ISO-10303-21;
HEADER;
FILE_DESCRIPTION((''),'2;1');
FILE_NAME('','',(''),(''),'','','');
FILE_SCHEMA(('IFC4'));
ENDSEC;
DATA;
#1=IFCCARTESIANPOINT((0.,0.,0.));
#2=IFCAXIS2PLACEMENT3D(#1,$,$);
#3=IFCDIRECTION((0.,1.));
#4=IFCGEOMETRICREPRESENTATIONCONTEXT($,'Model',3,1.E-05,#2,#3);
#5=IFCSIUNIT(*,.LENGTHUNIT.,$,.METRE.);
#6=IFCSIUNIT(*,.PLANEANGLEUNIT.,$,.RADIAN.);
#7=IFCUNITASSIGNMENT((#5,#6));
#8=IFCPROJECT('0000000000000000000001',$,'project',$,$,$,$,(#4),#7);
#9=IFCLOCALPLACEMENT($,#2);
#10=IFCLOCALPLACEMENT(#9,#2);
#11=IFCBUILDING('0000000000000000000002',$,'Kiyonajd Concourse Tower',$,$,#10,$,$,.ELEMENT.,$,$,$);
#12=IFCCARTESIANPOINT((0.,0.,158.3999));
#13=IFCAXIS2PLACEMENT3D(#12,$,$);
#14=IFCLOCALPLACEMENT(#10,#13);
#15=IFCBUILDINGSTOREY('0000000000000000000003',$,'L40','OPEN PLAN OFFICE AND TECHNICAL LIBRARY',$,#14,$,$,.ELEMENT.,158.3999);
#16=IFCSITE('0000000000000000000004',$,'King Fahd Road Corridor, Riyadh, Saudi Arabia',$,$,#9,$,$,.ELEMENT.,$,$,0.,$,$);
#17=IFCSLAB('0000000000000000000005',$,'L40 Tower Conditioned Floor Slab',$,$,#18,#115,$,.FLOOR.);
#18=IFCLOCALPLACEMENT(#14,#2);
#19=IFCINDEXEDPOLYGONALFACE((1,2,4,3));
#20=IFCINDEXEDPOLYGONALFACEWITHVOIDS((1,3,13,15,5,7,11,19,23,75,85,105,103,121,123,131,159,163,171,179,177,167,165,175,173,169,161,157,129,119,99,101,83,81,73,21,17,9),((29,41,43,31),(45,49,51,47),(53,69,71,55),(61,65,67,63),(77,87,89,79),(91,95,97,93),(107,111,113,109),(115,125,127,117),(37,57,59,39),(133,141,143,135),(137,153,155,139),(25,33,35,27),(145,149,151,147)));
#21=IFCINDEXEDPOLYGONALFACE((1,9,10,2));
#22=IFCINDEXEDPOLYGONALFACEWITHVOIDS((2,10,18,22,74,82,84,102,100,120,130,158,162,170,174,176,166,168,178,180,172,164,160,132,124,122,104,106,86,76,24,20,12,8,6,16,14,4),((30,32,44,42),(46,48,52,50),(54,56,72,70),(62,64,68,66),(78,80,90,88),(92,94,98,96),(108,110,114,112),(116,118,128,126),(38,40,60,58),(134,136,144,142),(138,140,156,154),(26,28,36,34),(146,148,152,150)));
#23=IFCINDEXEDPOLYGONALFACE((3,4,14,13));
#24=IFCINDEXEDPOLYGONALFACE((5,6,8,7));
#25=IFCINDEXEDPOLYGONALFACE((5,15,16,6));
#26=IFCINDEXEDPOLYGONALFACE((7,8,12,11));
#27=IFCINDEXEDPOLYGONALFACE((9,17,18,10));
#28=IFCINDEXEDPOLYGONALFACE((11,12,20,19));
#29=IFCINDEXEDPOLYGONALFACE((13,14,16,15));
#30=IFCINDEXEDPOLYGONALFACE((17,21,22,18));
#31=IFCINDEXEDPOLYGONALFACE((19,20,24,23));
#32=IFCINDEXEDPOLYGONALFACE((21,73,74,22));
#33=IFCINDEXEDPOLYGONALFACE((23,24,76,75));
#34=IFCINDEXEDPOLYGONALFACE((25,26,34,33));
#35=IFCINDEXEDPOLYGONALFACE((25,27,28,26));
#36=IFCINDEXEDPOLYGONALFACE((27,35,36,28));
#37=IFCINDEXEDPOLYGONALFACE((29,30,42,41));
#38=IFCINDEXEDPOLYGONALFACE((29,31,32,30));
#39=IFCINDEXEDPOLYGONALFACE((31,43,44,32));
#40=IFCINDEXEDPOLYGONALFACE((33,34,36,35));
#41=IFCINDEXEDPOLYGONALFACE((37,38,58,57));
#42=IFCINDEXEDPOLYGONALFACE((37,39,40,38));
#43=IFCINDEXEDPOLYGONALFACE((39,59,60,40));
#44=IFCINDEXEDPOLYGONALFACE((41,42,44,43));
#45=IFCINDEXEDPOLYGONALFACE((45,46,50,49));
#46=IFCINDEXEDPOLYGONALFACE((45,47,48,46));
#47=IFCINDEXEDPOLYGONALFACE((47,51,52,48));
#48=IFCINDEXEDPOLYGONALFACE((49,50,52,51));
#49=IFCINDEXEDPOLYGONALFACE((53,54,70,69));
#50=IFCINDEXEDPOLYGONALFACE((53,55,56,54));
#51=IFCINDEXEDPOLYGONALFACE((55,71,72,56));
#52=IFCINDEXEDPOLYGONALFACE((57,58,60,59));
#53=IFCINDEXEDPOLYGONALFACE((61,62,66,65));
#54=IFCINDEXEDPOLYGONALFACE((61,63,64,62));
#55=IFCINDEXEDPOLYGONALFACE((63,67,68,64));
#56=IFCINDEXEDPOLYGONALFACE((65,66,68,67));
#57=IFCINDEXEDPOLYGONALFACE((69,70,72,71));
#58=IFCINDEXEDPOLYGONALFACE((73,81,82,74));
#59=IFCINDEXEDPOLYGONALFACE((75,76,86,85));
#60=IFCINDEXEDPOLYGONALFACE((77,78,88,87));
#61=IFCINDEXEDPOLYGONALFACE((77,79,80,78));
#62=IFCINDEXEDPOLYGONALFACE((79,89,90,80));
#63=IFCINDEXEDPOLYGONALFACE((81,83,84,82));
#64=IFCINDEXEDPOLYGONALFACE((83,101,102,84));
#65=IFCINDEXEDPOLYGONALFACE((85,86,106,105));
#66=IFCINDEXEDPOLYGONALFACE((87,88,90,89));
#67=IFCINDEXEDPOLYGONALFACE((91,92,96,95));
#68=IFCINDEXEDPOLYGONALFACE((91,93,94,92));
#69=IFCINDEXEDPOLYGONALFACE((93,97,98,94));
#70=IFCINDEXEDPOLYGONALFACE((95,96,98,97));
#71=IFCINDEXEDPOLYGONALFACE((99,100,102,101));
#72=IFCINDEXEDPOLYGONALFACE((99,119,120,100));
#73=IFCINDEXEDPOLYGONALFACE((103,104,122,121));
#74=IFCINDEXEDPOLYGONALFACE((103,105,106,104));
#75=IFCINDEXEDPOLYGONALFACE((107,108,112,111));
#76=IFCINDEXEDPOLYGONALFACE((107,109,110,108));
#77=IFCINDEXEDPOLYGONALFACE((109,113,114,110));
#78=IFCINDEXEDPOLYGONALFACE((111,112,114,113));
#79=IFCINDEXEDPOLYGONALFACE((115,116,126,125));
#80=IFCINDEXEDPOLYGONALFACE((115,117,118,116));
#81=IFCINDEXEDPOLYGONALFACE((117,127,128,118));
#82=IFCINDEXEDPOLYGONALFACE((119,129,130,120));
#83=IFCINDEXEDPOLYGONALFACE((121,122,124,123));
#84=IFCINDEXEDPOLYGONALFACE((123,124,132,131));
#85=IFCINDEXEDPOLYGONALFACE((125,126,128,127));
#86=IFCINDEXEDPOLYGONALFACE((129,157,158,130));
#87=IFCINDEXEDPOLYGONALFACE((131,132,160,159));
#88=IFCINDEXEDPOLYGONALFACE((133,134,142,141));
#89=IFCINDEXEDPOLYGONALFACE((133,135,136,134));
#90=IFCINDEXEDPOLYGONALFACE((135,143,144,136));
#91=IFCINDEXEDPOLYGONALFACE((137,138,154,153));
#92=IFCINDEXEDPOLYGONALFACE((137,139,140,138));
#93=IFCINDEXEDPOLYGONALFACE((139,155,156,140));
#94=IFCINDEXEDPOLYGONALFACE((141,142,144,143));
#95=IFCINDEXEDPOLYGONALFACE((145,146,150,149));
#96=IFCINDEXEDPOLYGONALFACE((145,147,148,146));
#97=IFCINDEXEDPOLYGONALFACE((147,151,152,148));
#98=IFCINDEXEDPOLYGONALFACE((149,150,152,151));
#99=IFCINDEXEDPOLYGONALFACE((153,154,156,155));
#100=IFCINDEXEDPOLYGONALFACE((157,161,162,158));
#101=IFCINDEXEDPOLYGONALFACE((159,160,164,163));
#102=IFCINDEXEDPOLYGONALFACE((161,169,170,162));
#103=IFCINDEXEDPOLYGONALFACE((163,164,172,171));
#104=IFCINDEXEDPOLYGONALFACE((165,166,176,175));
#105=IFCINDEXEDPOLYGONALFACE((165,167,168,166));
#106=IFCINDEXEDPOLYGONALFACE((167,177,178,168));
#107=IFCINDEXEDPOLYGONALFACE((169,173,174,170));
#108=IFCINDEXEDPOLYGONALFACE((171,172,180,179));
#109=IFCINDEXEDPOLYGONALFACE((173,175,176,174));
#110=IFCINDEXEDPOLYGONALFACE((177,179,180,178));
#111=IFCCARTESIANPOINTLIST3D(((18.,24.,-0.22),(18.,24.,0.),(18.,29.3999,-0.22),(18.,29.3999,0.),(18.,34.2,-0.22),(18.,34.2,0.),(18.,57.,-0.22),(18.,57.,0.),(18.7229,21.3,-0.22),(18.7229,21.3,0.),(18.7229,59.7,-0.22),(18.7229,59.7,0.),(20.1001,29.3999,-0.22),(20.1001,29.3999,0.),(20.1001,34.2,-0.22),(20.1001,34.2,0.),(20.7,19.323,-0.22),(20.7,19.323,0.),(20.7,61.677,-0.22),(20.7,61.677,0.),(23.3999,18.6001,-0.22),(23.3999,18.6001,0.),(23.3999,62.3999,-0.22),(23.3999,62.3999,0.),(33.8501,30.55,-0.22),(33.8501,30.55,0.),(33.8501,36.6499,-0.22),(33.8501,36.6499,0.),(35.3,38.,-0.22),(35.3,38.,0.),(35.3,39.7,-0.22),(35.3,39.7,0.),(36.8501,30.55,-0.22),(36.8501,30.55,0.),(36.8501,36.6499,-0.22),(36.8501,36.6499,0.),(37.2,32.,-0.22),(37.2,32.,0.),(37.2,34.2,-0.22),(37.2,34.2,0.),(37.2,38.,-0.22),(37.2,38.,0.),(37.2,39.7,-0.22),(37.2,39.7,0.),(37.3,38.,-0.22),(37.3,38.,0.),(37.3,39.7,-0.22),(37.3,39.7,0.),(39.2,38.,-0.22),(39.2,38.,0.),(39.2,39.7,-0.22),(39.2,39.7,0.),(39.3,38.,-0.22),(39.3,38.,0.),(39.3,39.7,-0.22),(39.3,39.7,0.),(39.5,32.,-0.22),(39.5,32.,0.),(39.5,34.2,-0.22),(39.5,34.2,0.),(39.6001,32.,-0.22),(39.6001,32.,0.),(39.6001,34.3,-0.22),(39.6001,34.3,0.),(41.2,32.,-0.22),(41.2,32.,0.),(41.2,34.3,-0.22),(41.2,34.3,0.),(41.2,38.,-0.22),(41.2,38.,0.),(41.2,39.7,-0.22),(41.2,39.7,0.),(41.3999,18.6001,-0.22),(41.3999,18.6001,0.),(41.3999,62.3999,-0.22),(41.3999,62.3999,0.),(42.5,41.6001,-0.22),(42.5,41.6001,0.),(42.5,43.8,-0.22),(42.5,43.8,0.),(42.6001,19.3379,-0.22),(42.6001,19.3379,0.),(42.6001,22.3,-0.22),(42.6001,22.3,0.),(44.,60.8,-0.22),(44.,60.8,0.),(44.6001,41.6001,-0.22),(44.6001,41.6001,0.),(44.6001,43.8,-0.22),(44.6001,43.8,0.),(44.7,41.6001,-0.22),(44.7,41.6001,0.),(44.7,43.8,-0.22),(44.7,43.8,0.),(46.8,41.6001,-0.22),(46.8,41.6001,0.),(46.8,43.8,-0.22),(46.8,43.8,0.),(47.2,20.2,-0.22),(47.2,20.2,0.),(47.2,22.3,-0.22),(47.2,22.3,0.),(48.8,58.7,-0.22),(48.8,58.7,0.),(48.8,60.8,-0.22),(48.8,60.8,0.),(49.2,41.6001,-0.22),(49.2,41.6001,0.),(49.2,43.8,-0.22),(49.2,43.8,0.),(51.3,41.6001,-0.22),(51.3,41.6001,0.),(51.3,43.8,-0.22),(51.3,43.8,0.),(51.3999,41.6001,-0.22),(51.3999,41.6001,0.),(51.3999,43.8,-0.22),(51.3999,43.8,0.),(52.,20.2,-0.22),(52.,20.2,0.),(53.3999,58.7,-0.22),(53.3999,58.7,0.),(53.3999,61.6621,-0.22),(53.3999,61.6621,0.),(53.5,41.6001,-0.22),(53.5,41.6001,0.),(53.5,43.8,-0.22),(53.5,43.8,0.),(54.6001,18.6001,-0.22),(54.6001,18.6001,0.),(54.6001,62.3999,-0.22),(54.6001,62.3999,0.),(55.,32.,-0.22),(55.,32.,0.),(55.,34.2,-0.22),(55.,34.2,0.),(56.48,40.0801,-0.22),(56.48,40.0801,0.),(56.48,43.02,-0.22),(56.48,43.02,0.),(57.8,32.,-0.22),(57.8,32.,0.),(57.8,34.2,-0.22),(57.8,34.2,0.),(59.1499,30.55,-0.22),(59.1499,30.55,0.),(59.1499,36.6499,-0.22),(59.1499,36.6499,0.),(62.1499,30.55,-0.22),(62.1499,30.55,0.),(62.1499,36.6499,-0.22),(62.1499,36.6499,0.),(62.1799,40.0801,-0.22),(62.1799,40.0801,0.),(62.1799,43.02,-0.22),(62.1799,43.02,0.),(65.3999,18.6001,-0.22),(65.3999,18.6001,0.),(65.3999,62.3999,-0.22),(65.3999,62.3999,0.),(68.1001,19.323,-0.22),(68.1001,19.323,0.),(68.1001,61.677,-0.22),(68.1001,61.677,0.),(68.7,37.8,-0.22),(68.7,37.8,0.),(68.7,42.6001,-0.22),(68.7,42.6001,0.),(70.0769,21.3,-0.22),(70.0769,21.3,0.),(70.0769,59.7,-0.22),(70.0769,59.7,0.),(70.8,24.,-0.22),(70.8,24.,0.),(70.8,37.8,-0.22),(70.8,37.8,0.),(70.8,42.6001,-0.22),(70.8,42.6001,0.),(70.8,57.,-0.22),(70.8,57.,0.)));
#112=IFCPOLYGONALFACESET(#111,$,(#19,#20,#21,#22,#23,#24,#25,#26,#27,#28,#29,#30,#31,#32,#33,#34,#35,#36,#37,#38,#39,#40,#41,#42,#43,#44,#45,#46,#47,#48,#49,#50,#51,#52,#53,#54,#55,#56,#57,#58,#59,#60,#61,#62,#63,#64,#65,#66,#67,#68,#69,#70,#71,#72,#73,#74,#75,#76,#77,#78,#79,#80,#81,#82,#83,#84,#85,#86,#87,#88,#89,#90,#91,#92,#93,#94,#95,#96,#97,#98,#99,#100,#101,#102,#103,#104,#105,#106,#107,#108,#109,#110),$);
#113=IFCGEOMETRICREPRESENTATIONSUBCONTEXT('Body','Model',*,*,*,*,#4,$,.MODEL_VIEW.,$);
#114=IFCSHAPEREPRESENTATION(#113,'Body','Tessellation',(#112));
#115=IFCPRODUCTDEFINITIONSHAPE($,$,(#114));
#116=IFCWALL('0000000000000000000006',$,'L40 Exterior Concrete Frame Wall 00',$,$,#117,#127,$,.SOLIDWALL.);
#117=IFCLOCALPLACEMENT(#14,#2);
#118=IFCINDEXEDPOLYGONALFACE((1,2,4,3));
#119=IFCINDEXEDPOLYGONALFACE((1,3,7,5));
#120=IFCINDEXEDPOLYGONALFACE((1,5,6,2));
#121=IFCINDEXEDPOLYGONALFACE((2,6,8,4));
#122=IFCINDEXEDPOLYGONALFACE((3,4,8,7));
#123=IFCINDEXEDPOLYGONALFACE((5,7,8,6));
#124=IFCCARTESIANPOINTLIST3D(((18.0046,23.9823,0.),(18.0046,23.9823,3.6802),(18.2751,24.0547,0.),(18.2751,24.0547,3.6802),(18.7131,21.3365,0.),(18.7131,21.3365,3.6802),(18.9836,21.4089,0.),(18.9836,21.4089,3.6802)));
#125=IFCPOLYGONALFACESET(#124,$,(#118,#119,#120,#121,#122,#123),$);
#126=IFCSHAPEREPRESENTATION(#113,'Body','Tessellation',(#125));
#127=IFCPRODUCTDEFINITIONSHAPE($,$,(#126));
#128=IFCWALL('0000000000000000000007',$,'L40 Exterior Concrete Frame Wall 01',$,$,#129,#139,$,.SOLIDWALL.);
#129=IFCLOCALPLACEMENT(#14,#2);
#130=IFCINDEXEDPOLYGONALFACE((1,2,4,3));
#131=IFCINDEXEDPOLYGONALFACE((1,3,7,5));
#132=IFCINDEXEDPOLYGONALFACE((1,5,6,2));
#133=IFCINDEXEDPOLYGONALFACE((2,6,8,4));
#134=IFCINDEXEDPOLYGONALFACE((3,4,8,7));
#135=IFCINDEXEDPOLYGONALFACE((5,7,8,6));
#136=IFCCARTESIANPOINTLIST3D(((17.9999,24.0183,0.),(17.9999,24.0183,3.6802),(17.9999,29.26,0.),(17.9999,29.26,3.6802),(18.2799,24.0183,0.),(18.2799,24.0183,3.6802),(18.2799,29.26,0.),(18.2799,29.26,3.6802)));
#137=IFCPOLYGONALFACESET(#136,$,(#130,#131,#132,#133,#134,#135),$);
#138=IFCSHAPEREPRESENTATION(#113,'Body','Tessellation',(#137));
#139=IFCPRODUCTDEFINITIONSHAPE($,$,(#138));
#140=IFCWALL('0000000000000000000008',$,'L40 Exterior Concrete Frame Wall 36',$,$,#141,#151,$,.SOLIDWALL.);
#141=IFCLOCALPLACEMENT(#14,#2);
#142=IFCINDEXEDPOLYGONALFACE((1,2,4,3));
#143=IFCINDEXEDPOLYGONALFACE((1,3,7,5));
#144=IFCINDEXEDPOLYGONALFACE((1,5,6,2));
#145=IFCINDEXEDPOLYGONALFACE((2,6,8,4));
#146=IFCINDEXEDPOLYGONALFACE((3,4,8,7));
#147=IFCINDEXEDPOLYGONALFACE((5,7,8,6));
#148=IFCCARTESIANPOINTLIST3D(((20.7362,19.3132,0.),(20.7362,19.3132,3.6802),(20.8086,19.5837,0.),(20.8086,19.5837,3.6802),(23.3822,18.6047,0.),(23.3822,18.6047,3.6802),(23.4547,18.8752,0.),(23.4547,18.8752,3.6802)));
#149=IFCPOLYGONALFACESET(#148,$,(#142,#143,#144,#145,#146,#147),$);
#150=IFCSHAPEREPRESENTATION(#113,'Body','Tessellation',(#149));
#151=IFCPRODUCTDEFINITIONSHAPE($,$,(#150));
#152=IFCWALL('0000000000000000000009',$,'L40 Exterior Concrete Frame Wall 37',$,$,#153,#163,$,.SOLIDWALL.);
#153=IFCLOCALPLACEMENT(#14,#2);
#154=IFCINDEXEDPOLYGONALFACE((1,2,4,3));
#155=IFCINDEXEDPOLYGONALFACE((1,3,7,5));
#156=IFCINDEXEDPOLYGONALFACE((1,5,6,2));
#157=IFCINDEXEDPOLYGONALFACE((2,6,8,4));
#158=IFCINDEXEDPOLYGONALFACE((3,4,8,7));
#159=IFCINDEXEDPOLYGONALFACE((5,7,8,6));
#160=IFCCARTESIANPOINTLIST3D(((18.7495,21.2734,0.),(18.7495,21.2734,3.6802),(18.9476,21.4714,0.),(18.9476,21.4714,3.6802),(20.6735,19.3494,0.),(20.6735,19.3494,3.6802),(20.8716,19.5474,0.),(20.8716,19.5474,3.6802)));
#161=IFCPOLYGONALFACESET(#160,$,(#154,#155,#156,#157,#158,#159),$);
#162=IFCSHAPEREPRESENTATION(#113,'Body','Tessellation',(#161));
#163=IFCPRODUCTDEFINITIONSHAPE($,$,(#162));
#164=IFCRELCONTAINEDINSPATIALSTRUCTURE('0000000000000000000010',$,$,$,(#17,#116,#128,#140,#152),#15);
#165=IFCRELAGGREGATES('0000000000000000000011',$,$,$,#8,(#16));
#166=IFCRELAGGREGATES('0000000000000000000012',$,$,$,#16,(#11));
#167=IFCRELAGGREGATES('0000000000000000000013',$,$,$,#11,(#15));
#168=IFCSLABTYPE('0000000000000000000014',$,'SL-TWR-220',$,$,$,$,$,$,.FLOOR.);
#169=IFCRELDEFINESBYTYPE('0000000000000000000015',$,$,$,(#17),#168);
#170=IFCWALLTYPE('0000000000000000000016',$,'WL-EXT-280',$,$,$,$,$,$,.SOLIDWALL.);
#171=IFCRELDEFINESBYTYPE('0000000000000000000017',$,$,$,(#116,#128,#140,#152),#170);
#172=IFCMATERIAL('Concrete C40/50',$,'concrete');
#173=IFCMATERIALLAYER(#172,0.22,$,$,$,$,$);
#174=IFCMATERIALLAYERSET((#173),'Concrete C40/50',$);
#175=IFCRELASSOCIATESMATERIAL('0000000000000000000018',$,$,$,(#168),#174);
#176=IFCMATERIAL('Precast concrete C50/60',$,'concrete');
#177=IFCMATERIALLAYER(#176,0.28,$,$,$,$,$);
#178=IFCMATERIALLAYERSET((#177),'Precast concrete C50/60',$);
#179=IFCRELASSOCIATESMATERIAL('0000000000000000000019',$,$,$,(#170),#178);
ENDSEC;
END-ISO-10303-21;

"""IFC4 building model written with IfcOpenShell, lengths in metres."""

from ifc_helpers import new_model, si_unit, direction, frame, frame_2d, origin, place, context, subcontext, project, spatial, polyline, rectangle, outline, extrude, material, layer, layer_set, type_object, element, save


model = new_model("IFC4")

# Units and contexts
model_context = context("Model", 3, precision=1e-05, world=origin(), true_north=direction((0.0, 1.0)))
body_context = subcontext(model_context, "Body", "Model", "MODEL_VIEW")
ifc_project = project(units=[si_unit("LENGTHUNIT", "METRE"), si_unit("PLANEANGLEUNIT", "RADIAN")], contexts=[model_context])

# Site, building, storey
site_placement = place(None, origin())
site = spatial("IfcSite", under=ifc_project, at=site_placement, Name="King Fahd Road Corridor, Riyadh, Saudi Arabia", CompositionType="ELEMENT", RefElevation=0.0)
building_placement = place(site_placement, origin())
building = spatial("IfcBuilding", under=site, at=building_placement, Name="Kiyonajd Concourse Tower", CompositionType="ELEMENT")
storey_placement = place(building_placement, frame((0.0, 0.0, 158.3999)))
storey = spatial("IfcBuildingStorey", under=building, at=storey_placement, Name="L40", Description="OPEN PLAN OFFICE AND TECHNICAL LIBRARY", CompositionType="ELEMENT", Elevation=158.3999)

# Shared definitions
ifc_material_1 = material(Name="Concrete C40/50", Category="concrete")

# Slab
ifc_material_2 = material(Name="Precast concrete C50/60", Category="concrete")
ifc_layer_1 = layer(ifc_material_1, 0.22)
ifc_layer_set_1 = layer_set([ifc_layer_1], Name="Concrete C40/50")
slab_type_1 = type_object("IfcSlabType", Name="SL-TWR-220", PredefinedType="FLOOR", material=ifc_layer_set_1)
slab_1_placement = place(storey_placement, frame((0.0, 0.0, -0.22)))
element("IfcSlab", 1, at=slab_1_placement, inside=storey, type_object=slab_type_1, Name="L40 Tower Conditioned Floor Slab", PredefinedType="FLOOR", context=body_context, shape_type="SweptSolid", body=[
    extrude(outline(polyline([(18.7229, 21.3), (18.0, 24.0), (18.0, 29.3999), (20.1001, 29.3999), (20.1001, 34.2), (18.0, 34.2), (18.0, 57.0), (18.7229, 59.7), (20.7, 61.677), (23.3999, 62.3999), (41.3999, 62.3999), (44.0, 60.8), (48.8, 60.8), (48.8, 58.7), (53.3999, 58.7), (53.3999, 61.6621), (54.6001, 62.3999), (65.3999, 62.3999), (68.1001, 61.677), (70.0769, 59.7), (70.8, 57.0), (70.8, 42.6001), (68.7, 42.6001), (68.7, 37.8), (70.8, 37.8), (70.8, 24.0), (70.0769, 21.3), (68.1001, 19.323), (65.3999, 18.6001), (54.6001, 18.6001), (52.0, 20.2), (47.2, 20.2), (47.2, 22.3), (42.6001, 22.3), (42.6001, 19.3379), (41.3999, 18.6001), (23.3999, 18.6001), (20.7, 19.323), (18.7229, 21.3)]), holes=[polyline([(39.5, 32.0), (37.2, 32.0), (37.2, 34.2), (39.5, 34.2), (39.5, 32.0)]), polyline([(39.6001, 32.0), (39.6001, 34.3), (41.2, 34.3), (41.2, 32.0), (39.6001, 32.0)]), polyline([(33.8501, 30.55), (33.8501, 36.6499), (36.8501, 36.6499), (36.8501, 30.55), (33.8501, 30.55)]), polyline([(37.2, 38.0), (35.3, 38.0), (35.3, 39.7), (37.2, 39.7), (37.2, 38.0)]), polyline([(37.3, 38.0), (37.3, 39.7), (39.2, 39.7), (39.2, 38.0), (37.3, 38.0)]), polyline([(39.3, 38.0), (39.3, 39.7), (41.2, 39.7), (41.2, 38.0), (39.3, 38.0)]), polyline([(44.6001, 41.6001), (42.5, 41.6001), (42.5, 43.8), (44.6001, 43.8), (44.6001, 41.6001)]), polyline([(55.0, 32.0), (55.0, 34.2), (57.8, 34.2), (57.8, 32.0), (55.0, 32.0)]), polyline([(59.1499, 30.55), (59.1499, 36.6499), (62.1499, 36.6499), (62.1499, 30.55), (59.1499, 30.55)]), polyline([(56.48, 43.02), (62.1799, 43.02), (62.1799, 40.0801), (56.48, 40.0801), (56.48, 43.02)]), polyline([(44.7, 41.6001), (44.7, 43.8), (46.8, 43.8), (46.8, 41.6001), (44.7, 41.6001)]), polyline([(49.2, 41.6001), (49.2, 43.8), (51.3, 43.8), (51.3, 41.6001), (49.2, 41.6001)]), polyline([(51.3999, 41.6001), (51.3999, 43.8), (53.5, 43.8), (53.5, 41.6001), (51.3999, 41.6001)])]), origin(), (0.0, 0.0, 1.0), 0.22),
])

# Walls
ifc_layer_2 = layer(ifc_material_2, 0.28)
ifc_layer_set_2 = layer_set([ifc_layer_2], Name="Precast concrete C50/60")
wall_type_1 = type_object("IfcWallType", Name="WL-EXT-280", PredefinedType="SOLIDWALL", material=ifc_layer_set_2)
wall_1_placement = place(storey_placement, frame((18.8484, 21.3726, 0.0), z_axis=(0.0, 0.0, 1.0), x_axis=(-0.258672, 0.965965, 0.0)))
element("IfcWall", 2, at=wall_1_placement, inside=storey, type_object=wall_type_1, Name="L40 Exterior Concrete Frame Wall 00", PredefinedType="SOLIDWALL", context=body_context, shape_type="SweptSolid", body=[
    extrude(rectangle(XDim=2.739, YDim=0.28, at=frame_2d((1.3696, 0.0))), origin(), (0.0, 0.0, 1.0), 3.6802),
])
wall_2_placement = place(storey_placement, frame((18.1399, 24.0183, 0.0), z_axis=(0.0, 0.0, 1.0), x_axis=(0.0, 1.0, 0.0)))
element("IfcWall", 3, at=wall_2_placement, inside=storey, type_object=wall_type_1, Name="L40 Exterior Concrete Frame Wall 01", PredefinedType="SOLIDWALL", context=body_context, shape_type="SweptSolid", body=[
    extrude(rectangle(XDim=5.2417, YDim=0.28, at=frame_2d((2.6208, 0.0))), origin(), (0.0, 0.0, 1.0), 3.6802),
])
wall_3_placement = place(storey_placement, frame((23.4185, 18.74, 0.0), z_axis=(0.0, 0.0, 1.0), x_axis=(-0.965971, 0.25865, 0.0)))
element("IfcWall", 4, at=wall_3_placement, inside=storey, type_object=wall_type_1, Name="L40 Exterior Concrete Frame Wall 36", PredefinedType="SOLIDWALL", context=body_context, shape_type="SweptSolid", body=[
    extrude(rectangle(XDim=2.7393, YDim=0.28, at=frame_2d((1.3696, 0.0))), origin(), (0.0, 0.0, 1.0), 3.6802),
])
wall_4_placement = place(storey_placement, frame((20.7725, 19.4485, 0.0), z_axis=(0.0, 0.0, 1.0), x_axis=(-0.707107, 0.707107, 0.0)))
element("IfcWall", 5, at=wall_4_placement, inside=storey, type_object=wall_type_1, Name="L40 Exterior Concrete Frame Wall 37", PredefinedType="SOLIDWALL", context=body_context, shape_type="SweptSolid", body=[
    extrude(rectangle(XDim=2.7209, YDim=0.28, at=frame_2d((1.3604, 0.0))), origin(), (0.0, 0.0, 1.0), 3.6802),
])

save(model, "model.ifc")
